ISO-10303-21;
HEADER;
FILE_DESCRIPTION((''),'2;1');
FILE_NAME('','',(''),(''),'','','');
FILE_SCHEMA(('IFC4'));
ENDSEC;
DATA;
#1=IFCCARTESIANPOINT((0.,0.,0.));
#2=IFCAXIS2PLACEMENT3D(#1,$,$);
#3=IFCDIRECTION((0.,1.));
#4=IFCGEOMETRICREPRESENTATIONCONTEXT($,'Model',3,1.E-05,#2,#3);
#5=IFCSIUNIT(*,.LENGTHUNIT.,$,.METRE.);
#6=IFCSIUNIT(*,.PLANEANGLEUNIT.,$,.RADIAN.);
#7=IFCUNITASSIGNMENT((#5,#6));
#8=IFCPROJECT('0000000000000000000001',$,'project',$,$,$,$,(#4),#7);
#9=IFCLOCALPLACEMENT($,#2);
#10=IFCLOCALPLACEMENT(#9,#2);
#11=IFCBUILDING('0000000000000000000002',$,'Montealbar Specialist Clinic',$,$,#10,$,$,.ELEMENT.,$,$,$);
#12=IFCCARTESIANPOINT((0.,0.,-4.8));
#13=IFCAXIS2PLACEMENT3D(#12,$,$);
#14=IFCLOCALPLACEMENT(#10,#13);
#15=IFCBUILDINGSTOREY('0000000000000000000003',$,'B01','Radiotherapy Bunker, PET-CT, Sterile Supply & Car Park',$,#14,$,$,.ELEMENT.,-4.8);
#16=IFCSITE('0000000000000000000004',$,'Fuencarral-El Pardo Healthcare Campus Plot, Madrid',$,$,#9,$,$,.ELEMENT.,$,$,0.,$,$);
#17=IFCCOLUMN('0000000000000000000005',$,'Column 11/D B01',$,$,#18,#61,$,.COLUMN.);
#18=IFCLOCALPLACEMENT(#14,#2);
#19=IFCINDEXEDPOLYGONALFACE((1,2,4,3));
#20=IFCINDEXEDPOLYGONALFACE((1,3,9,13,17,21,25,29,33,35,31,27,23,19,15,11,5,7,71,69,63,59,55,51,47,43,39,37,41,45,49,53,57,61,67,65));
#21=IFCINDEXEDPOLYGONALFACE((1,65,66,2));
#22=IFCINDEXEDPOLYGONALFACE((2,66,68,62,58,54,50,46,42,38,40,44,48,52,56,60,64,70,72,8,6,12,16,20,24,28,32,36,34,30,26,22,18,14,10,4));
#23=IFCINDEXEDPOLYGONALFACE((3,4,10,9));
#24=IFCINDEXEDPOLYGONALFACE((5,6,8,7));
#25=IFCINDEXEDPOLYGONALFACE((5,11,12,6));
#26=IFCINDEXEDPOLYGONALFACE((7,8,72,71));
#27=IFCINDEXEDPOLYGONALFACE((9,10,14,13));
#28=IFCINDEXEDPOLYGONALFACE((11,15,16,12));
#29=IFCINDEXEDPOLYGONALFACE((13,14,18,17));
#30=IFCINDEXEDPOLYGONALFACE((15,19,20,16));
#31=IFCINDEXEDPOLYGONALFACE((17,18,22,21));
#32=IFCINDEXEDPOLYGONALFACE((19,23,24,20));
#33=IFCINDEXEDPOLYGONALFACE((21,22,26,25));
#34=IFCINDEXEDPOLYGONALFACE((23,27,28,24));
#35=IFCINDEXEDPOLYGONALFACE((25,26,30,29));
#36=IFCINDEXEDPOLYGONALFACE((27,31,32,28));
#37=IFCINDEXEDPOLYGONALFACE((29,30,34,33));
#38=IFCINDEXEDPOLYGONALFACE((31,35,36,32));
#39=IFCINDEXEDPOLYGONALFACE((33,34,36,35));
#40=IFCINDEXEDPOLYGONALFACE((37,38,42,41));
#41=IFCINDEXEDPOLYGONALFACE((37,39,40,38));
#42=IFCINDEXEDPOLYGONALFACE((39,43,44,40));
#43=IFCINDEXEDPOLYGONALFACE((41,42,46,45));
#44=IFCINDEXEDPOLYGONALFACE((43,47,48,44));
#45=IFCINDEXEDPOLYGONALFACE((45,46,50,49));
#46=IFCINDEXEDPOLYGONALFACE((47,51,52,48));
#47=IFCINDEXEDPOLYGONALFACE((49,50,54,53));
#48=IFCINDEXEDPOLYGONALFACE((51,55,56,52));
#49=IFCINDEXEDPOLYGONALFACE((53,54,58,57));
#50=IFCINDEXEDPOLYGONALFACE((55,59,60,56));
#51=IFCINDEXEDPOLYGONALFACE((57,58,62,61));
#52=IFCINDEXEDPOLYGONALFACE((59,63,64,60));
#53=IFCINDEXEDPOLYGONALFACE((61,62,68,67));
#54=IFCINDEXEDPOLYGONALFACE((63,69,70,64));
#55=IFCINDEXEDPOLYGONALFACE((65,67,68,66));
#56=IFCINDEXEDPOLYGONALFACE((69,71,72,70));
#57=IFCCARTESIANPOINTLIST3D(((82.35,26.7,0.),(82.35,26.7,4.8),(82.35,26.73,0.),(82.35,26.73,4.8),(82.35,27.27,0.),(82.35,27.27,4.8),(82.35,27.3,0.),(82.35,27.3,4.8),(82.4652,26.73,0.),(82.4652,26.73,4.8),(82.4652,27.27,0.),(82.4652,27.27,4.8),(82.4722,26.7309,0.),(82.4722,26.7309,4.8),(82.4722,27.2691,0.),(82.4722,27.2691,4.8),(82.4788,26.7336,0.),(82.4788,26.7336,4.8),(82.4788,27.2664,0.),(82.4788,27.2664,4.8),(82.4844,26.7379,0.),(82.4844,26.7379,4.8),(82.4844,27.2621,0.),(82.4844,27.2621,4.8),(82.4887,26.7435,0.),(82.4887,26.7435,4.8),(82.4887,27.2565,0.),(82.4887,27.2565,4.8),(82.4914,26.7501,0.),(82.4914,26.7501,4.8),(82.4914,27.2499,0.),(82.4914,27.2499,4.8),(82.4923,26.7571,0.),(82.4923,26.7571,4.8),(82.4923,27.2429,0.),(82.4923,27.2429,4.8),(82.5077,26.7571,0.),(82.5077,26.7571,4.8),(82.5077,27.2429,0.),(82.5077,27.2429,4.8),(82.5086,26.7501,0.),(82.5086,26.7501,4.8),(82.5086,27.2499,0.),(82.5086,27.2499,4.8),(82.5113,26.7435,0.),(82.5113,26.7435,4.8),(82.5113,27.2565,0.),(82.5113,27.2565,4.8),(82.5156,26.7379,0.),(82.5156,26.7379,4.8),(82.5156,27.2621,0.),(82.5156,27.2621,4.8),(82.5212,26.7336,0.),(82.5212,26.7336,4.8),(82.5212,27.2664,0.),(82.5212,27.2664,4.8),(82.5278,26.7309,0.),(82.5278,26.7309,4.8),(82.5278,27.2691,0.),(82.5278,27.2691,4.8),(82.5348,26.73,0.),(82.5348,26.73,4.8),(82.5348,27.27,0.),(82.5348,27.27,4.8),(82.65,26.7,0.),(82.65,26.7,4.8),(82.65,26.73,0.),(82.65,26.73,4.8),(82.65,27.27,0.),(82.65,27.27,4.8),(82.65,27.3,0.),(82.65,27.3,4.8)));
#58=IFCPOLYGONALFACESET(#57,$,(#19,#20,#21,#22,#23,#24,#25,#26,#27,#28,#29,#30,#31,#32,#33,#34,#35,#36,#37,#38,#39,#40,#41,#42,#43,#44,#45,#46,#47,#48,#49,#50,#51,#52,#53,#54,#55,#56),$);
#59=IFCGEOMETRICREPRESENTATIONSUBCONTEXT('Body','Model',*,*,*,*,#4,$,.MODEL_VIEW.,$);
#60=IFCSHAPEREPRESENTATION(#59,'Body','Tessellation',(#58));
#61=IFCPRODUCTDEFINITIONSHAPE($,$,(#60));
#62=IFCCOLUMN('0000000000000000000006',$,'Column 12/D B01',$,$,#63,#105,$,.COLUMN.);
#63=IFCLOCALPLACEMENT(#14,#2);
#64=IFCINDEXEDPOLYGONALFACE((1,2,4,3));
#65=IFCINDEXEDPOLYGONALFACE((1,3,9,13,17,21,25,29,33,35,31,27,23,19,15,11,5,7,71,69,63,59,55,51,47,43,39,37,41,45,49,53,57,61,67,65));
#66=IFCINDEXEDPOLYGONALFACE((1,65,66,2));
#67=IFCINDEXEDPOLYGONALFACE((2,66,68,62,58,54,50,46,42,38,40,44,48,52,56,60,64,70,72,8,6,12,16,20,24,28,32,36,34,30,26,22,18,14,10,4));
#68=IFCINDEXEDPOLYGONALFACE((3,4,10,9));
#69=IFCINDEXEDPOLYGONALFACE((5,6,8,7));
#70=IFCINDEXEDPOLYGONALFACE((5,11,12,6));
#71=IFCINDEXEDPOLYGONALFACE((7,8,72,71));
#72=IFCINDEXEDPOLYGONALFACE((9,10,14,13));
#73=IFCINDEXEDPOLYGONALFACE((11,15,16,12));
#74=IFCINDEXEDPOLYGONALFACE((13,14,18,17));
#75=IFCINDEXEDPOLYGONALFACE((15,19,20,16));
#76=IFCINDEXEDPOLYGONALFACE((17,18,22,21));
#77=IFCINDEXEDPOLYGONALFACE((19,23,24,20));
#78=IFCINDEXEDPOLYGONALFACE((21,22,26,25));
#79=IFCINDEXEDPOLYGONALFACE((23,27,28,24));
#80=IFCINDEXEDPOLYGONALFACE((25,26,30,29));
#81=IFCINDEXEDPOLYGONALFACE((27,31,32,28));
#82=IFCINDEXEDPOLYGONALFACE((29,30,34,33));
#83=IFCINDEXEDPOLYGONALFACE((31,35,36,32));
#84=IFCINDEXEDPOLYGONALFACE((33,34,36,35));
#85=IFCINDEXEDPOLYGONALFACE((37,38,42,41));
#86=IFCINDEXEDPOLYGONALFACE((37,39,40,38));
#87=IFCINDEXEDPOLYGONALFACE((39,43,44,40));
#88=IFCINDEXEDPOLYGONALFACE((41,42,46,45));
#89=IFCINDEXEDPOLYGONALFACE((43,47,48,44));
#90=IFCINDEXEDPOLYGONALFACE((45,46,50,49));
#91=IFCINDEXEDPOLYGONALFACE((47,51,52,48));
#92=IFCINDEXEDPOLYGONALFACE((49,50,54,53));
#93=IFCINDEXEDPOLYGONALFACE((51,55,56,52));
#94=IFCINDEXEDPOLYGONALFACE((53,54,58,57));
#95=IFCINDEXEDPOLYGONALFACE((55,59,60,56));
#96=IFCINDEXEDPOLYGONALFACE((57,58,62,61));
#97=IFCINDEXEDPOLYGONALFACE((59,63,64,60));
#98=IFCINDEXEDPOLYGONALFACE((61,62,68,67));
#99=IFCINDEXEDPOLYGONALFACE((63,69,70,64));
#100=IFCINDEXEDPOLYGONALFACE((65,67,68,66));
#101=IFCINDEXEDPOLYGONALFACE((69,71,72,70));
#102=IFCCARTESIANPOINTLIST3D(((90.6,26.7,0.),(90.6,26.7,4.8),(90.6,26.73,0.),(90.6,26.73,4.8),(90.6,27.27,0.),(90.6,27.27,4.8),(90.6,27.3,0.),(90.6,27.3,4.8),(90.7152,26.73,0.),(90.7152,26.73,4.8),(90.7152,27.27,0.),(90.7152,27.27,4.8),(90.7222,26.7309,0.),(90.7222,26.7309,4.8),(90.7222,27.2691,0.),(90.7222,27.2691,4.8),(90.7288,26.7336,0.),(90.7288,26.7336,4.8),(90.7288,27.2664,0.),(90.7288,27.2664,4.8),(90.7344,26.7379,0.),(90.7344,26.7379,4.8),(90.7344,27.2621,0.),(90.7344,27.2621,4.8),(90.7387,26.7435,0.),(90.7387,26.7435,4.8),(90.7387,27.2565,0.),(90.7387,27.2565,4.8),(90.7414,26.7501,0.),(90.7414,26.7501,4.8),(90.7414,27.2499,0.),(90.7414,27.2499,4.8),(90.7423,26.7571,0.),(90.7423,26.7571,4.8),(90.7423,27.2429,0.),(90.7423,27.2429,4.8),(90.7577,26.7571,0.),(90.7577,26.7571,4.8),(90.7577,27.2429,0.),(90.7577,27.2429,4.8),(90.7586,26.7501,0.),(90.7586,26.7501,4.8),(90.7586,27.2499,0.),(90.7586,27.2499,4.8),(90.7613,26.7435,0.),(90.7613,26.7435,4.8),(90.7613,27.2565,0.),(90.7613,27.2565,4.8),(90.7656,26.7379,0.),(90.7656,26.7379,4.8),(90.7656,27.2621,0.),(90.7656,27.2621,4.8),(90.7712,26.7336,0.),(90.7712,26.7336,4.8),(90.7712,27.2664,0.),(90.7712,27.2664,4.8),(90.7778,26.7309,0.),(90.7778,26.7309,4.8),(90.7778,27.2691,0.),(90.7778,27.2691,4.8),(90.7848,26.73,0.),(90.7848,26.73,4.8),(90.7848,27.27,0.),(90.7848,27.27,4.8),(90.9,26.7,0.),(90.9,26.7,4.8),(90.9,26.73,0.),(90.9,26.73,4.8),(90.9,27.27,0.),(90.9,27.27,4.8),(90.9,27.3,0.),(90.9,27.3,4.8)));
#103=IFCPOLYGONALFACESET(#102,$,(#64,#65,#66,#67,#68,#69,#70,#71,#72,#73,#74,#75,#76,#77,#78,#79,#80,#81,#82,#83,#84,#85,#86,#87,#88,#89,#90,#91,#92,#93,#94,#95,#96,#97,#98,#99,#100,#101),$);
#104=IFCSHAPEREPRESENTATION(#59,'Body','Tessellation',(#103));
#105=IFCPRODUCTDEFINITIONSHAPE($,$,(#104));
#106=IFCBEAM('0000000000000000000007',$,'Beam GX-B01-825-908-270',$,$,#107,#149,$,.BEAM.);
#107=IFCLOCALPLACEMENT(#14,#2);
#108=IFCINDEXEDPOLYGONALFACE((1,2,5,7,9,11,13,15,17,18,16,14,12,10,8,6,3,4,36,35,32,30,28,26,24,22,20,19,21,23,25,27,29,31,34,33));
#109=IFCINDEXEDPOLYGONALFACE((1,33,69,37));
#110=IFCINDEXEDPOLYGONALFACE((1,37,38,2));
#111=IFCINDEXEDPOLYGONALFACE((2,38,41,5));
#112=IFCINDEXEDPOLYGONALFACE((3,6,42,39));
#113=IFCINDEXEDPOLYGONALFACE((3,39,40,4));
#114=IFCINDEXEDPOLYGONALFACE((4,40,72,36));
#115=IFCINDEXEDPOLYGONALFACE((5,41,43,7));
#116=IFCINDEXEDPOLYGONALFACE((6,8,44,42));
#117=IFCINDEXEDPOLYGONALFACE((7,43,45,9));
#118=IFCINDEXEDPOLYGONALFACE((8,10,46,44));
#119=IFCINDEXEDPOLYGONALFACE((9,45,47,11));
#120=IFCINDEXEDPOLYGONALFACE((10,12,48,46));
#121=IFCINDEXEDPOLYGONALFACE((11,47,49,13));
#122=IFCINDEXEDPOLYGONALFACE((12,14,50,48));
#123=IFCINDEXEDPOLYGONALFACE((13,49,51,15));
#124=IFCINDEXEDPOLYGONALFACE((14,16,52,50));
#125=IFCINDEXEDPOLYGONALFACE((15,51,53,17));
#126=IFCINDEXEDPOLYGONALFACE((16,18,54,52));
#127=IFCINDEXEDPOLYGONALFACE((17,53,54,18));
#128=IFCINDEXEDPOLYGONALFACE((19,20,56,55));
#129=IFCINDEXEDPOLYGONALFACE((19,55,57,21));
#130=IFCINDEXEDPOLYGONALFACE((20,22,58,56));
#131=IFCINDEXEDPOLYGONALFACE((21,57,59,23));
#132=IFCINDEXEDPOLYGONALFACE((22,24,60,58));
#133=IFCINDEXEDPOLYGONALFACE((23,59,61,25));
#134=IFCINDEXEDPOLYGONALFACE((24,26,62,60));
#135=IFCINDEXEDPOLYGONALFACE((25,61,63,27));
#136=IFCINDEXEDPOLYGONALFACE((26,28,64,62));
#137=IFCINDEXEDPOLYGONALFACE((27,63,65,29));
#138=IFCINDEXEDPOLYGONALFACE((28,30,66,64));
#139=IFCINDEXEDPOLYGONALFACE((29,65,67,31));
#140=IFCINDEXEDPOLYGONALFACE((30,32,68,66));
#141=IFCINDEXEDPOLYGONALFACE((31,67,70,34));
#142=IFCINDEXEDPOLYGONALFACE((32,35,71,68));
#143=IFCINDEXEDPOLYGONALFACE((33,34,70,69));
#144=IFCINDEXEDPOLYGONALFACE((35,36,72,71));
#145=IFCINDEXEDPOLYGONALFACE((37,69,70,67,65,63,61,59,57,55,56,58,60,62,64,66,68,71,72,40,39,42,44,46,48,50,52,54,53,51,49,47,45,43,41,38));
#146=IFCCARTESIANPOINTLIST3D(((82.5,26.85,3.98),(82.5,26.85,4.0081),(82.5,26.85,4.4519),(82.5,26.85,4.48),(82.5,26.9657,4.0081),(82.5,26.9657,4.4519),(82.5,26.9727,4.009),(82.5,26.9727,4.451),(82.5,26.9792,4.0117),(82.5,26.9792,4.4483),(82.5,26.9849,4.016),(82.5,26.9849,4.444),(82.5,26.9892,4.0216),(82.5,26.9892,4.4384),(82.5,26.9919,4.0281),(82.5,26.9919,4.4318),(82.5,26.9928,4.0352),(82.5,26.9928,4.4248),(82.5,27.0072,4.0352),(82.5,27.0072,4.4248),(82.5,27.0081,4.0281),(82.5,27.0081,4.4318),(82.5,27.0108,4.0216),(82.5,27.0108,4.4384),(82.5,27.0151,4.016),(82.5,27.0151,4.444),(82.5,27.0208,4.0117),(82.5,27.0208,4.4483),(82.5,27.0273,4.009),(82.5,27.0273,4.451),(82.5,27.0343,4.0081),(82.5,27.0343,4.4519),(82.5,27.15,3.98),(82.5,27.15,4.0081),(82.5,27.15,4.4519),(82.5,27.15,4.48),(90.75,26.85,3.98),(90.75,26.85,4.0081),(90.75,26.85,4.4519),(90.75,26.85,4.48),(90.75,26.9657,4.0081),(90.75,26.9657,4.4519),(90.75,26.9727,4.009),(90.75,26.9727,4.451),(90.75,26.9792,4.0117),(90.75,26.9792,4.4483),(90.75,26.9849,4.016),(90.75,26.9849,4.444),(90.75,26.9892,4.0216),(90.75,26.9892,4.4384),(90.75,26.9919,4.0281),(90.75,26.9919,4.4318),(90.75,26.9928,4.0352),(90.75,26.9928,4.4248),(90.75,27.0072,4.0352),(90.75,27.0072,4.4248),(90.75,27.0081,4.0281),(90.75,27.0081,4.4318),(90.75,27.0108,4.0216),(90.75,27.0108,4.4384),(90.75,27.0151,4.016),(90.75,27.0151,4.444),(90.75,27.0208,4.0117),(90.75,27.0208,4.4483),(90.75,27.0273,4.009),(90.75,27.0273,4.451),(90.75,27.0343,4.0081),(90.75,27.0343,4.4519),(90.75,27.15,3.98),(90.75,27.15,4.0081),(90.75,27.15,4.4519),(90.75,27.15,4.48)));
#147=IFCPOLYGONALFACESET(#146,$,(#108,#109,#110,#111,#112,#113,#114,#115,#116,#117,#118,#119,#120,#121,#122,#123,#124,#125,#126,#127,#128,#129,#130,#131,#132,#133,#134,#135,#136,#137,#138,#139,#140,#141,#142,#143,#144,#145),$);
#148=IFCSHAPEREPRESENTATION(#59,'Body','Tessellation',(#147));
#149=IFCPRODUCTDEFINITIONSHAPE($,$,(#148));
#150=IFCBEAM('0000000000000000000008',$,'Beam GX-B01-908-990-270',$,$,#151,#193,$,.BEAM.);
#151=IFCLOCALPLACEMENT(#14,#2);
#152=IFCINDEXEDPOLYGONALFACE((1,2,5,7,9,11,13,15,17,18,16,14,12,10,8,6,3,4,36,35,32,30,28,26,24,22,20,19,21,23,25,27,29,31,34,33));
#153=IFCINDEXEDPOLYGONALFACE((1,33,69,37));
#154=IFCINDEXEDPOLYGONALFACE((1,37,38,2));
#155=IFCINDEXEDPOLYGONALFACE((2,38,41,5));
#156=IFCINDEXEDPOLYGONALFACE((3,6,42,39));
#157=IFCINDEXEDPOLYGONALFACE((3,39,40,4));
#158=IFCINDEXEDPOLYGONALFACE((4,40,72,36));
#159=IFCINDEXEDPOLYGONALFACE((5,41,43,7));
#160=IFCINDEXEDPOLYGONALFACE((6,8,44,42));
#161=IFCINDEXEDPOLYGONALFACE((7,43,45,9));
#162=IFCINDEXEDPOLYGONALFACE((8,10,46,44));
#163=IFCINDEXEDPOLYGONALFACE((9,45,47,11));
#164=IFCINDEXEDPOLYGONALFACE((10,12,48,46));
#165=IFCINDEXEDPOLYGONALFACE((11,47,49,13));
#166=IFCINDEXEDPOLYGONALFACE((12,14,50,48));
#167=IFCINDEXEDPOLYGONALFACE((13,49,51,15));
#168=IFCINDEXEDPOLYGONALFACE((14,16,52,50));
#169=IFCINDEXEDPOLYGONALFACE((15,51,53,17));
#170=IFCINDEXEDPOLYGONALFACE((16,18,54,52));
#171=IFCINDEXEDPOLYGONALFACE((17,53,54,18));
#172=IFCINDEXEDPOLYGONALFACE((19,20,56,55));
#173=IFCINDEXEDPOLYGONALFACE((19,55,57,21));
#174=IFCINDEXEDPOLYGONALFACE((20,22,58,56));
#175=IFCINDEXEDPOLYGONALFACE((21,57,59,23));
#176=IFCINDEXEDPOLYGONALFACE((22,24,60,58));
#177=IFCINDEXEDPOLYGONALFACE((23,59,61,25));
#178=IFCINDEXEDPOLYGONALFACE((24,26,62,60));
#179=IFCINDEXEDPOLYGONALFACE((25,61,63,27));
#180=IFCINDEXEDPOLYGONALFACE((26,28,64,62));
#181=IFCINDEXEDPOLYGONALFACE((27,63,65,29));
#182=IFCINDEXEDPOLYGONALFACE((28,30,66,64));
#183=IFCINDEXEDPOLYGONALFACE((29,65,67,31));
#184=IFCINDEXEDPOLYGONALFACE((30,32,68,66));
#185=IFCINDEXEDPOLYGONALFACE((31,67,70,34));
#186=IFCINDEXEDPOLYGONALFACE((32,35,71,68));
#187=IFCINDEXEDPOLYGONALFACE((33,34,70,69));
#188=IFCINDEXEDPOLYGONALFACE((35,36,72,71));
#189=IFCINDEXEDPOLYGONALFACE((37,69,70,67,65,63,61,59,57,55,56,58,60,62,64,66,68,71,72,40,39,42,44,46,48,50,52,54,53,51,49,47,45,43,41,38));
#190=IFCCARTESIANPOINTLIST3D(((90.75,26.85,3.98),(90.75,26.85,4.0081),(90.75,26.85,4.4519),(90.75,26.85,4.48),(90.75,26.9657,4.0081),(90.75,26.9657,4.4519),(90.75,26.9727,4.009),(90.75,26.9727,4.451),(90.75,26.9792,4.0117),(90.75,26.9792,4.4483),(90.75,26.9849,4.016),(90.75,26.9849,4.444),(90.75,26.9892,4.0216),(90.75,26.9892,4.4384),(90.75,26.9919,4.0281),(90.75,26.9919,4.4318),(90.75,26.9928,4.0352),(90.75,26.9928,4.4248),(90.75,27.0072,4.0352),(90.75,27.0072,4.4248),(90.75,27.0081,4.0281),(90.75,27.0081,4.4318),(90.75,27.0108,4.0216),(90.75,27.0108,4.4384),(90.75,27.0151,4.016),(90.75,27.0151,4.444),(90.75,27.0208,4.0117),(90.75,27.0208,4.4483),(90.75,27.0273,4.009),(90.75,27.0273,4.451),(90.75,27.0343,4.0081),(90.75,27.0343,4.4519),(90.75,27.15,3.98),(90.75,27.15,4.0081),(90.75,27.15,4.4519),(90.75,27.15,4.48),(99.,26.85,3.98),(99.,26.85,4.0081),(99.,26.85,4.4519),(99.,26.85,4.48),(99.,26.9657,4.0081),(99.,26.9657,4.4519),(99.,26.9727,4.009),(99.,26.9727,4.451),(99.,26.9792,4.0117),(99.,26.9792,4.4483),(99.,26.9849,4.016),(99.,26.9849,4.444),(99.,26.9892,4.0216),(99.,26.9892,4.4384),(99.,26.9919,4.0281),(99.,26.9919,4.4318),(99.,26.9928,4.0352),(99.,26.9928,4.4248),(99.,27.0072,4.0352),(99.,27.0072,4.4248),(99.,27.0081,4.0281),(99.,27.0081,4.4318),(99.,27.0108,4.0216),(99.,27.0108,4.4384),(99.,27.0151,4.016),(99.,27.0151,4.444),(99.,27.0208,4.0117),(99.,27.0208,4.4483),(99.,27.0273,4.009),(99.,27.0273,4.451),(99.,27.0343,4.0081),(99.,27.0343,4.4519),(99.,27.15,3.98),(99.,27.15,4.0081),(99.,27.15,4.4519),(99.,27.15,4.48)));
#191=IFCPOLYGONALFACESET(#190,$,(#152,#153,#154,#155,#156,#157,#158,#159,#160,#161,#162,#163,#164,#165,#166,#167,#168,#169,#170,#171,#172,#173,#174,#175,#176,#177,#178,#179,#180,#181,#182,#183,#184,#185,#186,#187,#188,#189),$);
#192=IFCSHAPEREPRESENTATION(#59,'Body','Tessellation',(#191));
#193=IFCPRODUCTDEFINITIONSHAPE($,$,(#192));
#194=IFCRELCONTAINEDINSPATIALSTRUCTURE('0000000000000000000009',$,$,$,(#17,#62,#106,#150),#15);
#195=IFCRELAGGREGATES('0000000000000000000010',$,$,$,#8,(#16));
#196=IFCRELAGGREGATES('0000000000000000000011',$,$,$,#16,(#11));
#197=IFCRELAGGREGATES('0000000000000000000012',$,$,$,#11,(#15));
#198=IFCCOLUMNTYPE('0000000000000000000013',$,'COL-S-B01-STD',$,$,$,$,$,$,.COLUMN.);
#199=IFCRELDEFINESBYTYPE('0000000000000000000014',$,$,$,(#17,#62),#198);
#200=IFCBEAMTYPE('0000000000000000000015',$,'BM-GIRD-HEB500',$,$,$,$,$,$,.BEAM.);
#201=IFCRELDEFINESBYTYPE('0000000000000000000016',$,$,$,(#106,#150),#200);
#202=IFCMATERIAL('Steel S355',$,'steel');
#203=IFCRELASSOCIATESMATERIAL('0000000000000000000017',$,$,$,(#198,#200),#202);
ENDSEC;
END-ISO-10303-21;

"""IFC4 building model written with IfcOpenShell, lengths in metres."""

from ifc_helpers import new_model, si_unit, direction, frame, origin, origin_2d, place, context, subcontext, project, spatial, i_section, extrude, material, material_profile, profile_set, type_object, element, save


model = new_model("IFC4")

# Units and contexts
model_context = context("Model", 3, precision=1e-05, world=origin(), true_north=direction((0.0, 1.0)))
body_context = subcontext(model_context, "Body", "Model", "MODEL_VIEW")
ifc_project = project(units=[si_unit("LENGTHUNIT", "METRE"), si_unit("PLANEANGLEUNIT", "RADIAN")], contexts=[model_context])

# Site, building, storey
site_placement = place(None, origin())
site = spatial("IfcSite", under=ifc_project, at=site_placement, Name="Fuencarral-El Pardo Healthcare Campus Plot, Madrid", CompositionType="ELEMENT", RefElevation=0.0)
building_placement = place(site_placement, origin())
building = spatial("IfcBuilding", under=site, at=building_placement, Name="Montealbar Specialist Clinic", CompositionType="ELEMENT")
storey_placement = place(building_placement, frame((0.0, 0.0, -4.8)))
storey = spatial("IfcBuildingStorey", under=building, at=storey_placement, Name="B01", Description="Radiotherapy Bunker, PET-CT, Sterile Supply & Car Park", CompositionType="ELEMENT", Elevation=-4.8)

# Columns
ifc_material_1 = material(Name="Steel S355", Category="steel")
ifc_material_profile_1 = material_profile(ifc_material_1, i_section(OverallWidth=0.3, OverallDepth=0.6001, WebThickness=0.0154, FlangeThickness=0.03, FilletRadius=0.0271, at=origin_2d()), Name="HEB 600", Category="steel")
ifc_profile_set_1 = profile_set([ifc_material_profile_1], Name="Steel S355")
column_type = type_object("IfcColumnType", Name="COL-S-B01-STD", PredefinedType="COLUMN", material=ifc_profile_set_1)
for number, where, z_axis, x_axis, name in (
    (1, (82.5, 27.0, 0.0), (0.0, 0.0, 1.0), (1.0, 0.0, 0.0), "Column 11/D B01"),
    (2, (90.75, 27.0, 0.0), (0.0, 0.0, 1.0), (1.0, 0.0, 0.0), "Column 12/D B01"),
):
    element("IfcColumn", number, at=place(storey_placement, frame(where, z_axis=z_axis, x_axis=x_axis)), inside=storey, type_object=column_type, Name=name, PredefinedType="COLUMN", context=body_context, shape_type="SweptSolid", body=[
        extrude(i_section(OverallWidth=0.3, OverallDepth=0.6001, WebThickness=0.0154, FlangeThickness=0.03, FilletRadius=0.0271, at=origin_2d()), origin(), (0.0, 0.0, 1.0), 4.8),
    ])

# Beams
ifc_material_profile_2 = material_profile(ifc_material_1, i_section(OverallWidth=0.3, OverallDepth=0.5, WebThickness=0.0144, FlangeThickness=0.0281, FilletRadius=0.0271, at=origin_2d()), Name="HEB 500", Category="steel")
ifc_profile_set_2 = profile_set([ifc_material_profile_2], Name="Steel S355")
beam_type_1 = type_object("IfcBeamType", Name="BM-GIRD-HEB500", PredefinedType="BEAM", material=ifc_profile_set_2)
for number, where, z_axis, x_axis, name in (
    (3, (82.5, 27.0, 4.23), (1.0, 0.0, 0.0), (0.0, 1.0, 0.0), "Beam GX-B01-825-908-270"),
    (4, (90.75, 27.0, 4.23), (1.0, 0.0, 0.0), (0.0, 1.0, 0.0), "Beam GX-B01-908-990-270"),
):
    element("IfcBeam", number, at=place(storey_placement, frame(where, z_axis=z_axis, x_axis=x_axis)), inside=storey, type_object=beam_type_1, Name=name, PredefinedType="BEAM", context=body_context, shape_type="SweptSolid", body=[
        extrude(i_section(OverallWidth=0.3, OverallDepth=0.5, WebThickness=0.0144, FlangeThickness=0.0281, FilletRadius=0.0271, at=origin_2d()), origin(), (0.0, 0.0, 1.0), 8.25),
    ])

save(model, "model.ifc")
